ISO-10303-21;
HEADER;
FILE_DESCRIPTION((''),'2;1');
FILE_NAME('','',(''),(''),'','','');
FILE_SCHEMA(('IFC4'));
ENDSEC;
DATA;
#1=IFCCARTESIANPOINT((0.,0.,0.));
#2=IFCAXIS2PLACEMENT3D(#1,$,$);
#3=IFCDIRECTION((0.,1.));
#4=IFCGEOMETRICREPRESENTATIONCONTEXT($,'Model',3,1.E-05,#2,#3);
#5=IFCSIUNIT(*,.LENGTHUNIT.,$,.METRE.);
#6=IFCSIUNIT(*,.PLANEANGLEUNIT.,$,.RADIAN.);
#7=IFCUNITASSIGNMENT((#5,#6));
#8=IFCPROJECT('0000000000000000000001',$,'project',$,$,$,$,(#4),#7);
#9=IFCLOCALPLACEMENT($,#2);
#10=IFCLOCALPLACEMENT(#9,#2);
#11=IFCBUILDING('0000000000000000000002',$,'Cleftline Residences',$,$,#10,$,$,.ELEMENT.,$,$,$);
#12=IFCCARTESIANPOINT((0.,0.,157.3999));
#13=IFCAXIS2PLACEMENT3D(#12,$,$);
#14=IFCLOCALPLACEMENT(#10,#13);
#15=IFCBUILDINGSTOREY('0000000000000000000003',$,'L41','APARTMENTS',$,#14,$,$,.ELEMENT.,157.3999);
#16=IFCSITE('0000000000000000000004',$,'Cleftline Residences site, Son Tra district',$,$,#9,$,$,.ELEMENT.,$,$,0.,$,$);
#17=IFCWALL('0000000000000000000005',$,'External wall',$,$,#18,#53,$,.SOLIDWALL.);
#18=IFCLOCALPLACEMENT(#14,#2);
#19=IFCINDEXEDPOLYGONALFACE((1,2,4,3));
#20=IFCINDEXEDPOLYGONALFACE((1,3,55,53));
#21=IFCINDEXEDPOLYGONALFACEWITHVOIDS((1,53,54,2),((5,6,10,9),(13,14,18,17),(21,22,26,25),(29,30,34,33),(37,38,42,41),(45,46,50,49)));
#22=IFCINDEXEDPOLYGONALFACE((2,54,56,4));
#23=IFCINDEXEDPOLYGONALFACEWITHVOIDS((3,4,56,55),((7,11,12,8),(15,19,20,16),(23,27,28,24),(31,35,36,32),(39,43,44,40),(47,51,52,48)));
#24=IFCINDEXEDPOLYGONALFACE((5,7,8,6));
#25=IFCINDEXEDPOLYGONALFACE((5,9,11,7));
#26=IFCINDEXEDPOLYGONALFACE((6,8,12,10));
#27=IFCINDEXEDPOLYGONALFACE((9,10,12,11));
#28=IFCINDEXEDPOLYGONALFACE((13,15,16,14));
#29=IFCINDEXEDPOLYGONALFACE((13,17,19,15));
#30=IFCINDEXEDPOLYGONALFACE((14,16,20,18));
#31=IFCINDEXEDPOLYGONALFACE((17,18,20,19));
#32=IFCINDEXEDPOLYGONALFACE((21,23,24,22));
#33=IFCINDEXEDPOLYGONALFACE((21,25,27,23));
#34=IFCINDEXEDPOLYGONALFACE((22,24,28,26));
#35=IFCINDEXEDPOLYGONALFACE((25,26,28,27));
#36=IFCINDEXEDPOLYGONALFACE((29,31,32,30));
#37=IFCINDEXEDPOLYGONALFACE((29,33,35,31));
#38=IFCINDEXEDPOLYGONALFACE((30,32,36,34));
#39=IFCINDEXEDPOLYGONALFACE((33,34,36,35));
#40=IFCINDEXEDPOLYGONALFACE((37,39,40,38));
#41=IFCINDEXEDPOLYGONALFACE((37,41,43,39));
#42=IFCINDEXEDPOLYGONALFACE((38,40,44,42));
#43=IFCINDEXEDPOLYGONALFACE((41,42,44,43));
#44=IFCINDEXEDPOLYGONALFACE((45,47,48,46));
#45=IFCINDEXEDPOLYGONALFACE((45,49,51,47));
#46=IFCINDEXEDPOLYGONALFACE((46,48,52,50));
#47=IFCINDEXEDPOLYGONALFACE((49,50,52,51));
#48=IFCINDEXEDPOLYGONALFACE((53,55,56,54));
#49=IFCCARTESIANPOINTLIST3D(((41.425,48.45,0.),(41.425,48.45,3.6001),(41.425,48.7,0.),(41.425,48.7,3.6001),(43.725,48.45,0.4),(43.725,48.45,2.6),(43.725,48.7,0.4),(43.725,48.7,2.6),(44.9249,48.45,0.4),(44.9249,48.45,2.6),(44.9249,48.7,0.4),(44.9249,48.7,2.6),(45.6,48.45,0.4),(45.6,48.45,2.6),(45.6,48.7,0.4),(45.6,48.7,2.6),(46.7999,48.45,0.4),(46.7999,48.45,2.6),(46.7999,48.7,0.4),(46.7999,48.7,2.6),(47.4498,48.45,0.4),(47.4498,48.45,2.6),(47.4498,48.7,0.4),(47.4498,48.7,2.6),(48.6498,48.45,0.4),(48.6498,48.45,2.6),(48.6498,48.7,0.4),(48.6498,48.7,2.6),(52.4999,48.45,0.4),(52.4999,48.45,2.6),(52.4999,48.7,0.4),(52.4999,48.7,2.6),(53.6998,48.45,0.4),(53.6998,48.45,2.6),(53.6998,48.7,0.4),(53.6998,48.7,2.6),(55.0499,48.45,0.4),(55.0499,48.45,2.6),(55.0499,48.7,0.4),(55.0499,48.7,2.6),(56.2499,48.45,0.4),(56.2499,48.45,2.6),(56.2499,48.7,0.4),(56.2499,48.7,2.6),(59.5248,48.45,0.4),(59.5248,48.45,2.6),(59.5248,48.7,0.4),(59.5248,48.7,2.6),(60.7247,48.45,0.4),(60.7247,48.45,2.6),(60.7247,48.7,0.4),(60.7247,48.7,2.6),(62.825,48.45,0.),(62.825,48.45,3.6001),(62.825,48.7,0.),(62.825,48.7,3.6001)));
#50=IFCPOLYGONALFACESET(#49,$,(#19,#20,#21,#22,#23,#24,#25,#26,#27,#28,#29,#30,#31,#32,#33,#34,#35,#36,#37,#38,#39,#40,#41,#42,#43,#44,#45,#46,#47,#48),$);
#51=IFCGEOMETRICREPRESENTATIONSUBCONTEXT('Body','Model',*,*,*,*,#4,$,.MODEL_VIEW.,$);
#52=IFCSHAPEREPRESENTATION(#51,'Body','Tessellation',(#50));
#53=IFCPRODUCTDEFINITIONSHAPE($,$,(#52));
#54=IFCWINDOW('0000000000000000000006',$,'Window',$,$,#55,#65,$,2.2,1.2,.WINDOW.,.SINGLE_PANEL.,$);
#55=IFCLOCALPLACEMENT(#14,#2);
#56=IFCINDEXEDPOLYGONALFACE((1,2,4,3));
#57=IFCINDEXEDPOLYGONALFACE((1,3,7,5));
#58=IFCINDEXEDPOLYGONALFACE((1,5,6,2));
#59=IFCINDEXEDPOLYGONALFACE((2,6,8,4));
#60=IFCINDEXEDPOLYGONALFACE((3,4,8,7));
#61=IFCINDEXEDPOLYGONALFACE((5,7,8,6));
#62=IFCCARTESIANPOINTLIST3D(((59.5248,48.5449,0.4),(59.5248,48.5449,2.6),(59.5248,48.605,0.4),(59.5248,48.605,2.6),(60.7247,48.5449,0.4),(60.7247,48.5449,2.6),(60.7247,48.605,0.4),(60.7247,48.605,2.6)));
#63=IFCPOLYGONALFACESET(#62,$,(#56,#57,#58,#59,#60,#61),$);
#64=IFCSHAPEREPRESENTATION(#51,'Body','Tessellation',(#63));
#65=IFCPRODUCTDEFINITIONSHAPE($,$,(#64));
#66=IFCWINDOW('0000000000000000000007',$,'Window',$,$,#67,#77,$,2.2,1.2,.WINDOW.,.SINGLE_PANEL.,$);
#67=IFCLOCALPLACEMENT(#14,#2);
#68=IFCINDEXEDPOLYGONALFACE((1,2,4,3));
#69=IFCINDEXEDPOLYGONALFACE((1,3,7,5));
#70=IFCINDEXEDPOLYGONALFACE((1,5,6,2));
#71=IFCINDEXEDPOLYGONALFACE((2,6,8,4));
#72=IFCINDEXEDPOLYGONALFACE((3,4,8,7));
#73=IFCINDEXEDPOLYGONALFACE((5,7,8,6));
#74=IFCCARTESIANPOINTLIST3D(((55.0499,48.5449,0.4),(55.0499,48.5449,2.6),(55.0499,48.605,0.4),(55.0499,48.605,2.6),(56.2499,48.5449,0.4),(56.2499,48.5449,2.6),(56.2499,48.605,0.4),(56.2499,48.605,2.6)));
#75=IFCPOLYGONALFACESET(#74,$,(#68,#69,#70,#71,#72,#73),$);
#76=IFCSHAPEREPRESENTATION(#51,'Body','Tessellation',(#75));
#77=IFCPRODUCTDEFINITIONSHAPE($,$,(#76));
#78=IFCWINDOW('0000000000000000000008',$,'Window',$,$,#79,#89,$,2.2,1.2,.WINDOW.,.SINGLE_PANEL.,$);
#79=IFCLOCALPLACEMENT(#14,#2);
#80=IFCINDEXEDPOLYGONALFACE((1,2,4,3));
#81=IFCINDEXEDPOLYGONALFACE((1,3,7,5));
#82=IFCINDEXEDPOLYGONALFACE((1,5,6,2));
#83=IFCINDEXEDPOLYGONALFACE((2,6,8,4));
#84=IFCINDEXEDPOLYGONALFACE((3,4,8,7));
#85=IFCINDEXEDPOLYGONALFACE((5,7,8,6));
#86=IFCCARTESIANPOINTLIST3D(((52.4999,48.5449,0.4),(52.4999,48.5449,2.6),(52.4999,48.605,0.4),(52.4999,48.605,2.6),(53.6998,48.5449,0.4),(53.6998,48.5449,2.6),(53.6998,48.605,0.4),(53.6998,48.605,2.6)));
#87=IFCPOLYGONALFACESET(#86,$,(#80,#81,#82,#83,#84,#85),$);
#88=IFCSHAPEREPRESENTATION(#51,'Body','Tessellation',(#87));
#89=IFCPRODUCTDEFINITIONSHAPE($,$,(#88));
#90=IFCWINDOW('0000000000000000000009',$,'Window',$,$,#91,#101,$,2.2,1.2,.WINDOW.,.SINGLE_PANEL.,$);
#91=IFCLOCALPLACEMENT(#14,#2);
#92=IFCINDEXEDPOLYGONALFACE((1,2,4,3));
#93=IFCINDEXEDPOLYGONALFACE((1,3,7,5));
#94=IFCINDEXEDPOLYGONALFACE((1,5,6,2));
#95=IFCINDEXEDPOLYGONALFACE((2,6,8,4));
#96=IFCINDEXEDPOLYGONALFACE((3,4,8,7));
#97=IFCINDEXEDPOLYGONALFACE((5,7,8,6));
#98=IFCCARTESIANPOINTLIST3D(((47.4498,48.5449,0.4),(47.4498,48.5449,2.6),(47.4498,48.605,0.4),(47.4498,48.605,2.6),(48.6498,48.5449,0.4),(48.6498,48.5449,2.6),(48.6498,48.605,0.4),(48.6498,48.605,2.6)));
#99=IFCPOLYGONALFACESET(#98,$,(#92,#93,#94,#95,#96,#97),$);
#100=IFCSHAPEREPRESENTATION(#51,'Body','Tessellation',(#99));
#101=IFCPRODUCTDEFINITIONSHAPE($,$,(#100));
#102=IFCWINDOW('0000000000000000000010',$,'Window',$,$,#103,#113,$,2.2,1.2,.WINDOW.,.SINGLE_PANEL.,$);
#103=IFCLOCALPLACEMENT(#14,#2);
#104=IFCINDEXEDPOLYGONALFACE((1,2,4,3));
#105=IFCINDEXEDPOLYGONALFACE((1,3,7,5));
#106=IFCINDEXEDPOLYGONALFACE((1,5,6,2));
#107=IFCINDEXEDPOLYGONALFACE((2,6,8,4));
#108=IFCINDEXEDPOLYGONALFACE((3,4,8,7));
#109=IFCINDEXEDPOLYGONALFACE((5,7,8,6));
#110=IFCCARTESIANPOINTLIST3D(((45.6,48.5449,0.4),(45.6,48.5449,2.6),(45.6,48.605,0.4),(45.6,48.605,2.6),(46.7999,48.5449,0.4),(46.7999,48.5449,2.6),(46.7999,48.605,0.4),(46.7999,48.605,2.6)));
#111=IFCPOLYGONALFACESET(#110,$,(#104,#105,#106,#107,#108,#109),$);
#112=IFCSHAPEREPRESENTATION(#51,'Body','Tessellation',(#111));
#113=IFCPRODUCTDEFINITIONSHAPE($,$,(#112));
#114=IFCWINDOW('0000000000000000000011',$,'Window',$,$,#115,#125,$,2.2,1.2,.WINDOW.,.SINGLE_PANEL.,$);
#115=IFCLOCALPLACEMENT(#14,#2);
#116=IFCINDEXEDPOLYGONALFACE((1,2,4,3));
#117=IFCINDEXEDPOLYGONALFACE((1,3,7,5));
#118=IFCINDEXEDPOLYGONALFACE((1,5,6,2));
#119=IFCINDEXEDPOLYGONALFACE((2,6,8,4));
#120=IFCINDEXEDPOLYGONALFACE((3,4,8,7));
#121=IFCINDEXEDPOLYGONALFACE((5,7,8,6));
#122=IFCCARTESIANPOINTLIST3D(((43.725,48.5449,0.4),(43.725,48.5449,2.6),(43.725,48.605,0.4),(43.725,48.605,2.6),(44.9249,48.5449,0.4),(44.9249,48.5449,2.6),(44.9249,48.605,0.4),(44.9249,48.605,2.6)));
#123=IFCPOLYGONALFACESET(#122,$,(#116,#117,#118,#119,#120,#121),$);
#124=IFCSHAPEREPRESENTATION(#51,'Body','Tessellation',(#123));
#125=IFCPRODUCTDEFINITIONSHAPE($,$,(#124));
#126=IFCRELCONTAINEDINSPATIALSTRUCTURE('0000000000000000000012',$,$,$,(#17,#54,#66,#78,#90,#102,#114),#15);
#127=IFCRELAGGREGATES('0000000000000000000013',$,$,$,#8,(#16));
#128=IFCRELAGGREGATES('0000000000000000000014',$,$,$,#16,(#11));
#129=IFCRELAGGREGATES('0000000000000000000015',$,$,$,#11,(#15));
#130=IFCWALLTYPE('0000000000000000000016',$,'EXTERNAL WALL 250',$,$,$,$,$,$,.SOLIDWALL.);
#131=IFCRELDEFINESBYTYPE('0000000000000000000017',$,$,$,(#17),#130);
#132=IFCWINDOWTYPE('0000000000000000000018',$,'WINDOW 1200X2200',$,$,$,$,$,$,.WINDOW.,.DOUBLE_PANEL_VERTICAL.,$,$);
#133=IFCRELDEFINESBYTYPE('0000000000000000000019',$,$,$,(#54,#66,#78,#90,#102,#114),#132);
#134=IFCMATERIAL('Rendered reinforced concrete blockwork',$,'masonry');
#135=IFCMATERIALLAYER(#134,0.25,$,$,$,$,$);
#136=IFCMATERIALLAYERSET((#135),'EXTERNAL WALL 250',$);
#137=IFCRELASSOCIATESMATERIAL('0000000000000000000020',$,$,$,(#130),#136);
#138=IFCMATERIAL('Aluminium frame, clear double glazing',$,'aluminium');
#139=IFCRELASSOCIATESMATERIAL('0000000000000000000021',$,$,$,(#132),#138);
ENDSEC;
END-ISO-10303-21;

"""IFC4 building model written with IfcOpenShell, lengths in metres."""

from ifc_helpers import new_model, si_unit, direction, frame, frame_2d, origin, place, context, subcontext, project, spatial, rectangle, extrude, material, layer, layer_set, type_object, element, fill, save


model = new_model("IFC4")

# Units and contexts
model_context = context("Model", 3, precision=1e-05, world=origin(), true_north=direction((0.0, 1.0)))
body_context = subcontext(model_context, "Body", "Model", "MODEL_VIEW")
ifc_project = project(units=[si_unit("LENGTHUNIT", "METRE"), si_unit("PLANEANGLEUNIT", "RADIAN")], contexts=[model_context])

# Site, building, storey
site_placement = place(None, origin())
site = spatial("IfcSite", under=ifc_project, at=site_placement, Name="Cleftline Residences site, Son Tra district", CompositionType="ELEMENT", RefElevation=0.0)
building_placement = place(site_placement, origin())
building = spatial("IfcBuilding", under=site, at=building_placement, Name="Cleftline Residences", CompositionType="ELEMENT")
storey_placement = place(building_placement, frame((0.0, 0.0, 157.3999)))
storey = spatial("IfcBuildingStorey", under=building, at=storey_placement, Name="L41", Description="APARTMENTS", CompositionType="ELEMENT", Elevation=157.3999)

# Shared definitions
ifc_material_1 = material(Name="Rendered reinforced concrete blockwork", Category="masonry")
ifc_layer_1 = layer(ifc_material_1, 0.25)
ifc_layer_set_1 = layer_set([ifc_layer_1], Name="EXTERNAL WALL 250")
wall_type_1 = type_object("IfcWallType", Name="EXTERNAL WALL 250", PredefinedType="SOLIDWALL", material=ifc_layer_set_1)

# Wall, openings, windows
wall_1_placement = place(storey_placement, frame((62.825, 48.575, 0.0), z_axis=(0.0, 0.0, 1.0), x_axis=(-1.0, 0.0, 0.0)))
wall_1 = element("IfcWall", 1, at=wall_1_placement, inside=storey, type_object=wall_type_1, Name="External wall", PredefinedType="SOLIDWALL", context=body_context, shape_type="SweptSolid", body=[
    extrude(rectangle(XDim=21.3999, YDim=0.25, at=frame_2d((10.7, 0.0))), origin(), (0.0, 0.0, 1.0), 3.6001),
])
opening_1_placement = place(wall_1_placement, frame((2.1001, 0.0, 0.3999)))
opening_1 = element("IfcOpeningElement", 2, at=opening_1_placement, cuts=wall_1, PredefinedType="OPENING", context=body_context, shape_type="SweptSolid", body=[
    extrude(rectangle(XDim=1.2, YDim=2.2, at=frame_2d((0.6001, 1.1001))), frame((0.0, 0.135, 0.0), z_axis=(0.0, -1.0, 0.0), x_axis=(1.0, 0.0, 0.0)), (0.0, 0.0, 1.0), 0.27),
])
opening_2_placement = place(wall_1_placement, frame((6.575, 0.0, 0.3999)))
opening_2 = element("IfcOpeningElement", 3, at=opening_2_placement, cuts=wall_1, PredefinedType="OPENING", context=body_context, shape_type="SweptSolid", body=[
    extrude(rectangle(XDim=1.2, YDim=2.2, at=frame_2d((0.6001, 1.1001))), frame((0.0, 0.135, 0.0), z_axis=(0.0, -1.0, 0.0), x_axis=(1.0, 0.0, 0.0)), (0.0, 0.0, 1.0), 0.27),
])
opening_3_placement = place(wall_1_placement, frame((9.125, 0.0, 0.3999)))
opening_3 = element("IfcOpeningElement", 4, at=opening_3_placement, cuts=wall_1, PredefinedType="OPENING", context=body_context, shape_type="SweptSolid", body=[
    extrude(rectangle(XDim=1.2, YDim=2.2, at=frame_2d((0.6001, 1.1001))), frame((0.0, 0.135, 0.0), z_axis=(0.0, -1.0, 0.0), x_axis=(1.0, 0.0, 0.0)), (0.0, 0.0, 1.0), 0.27),
])
opening_4_placement = place(wall_1_placement, frame((14.175, 0.0, 0.3999)))
opening_4 = element("IfcOpeningElement", 5, at=opening_4_placement, cuts=wall_1, PredefinedType="OPENING", context=body_context, shape_type="SweptSolid", body=[
    extrude(rectangle(XDim=1.2, YDim=2.2, at=frame_2d((0.6001, 1.1001))), frame((0.0, 0.135, 0.0), z_axis=(0.0, -1.0, 0.0), x_axis=(1.0, 0.0, 0.0)), (0.0, 0.0, 1.0), 0.27),
])
opening_5_placement = place(wall_1_placement, frame((16.0249, 0.0, 0.3999)))
opening_5 = element("IfcOpeningElement", 6, at=opening_5_placement, cuts=wall_1, PredefinedType="OPENING", context=body_context, shape_type="SweptSolid", body=[
    extrude(rectangle(XDim=1.2, YDim=2.2, at=frame_2d((0.6001, 1.1001))), frame((0.0, 0.135, 0.0), z_axis=(0.0, -1.0, 0.0), x_axis=(1.0, 0.0, 0.0)), (0.0, 0.0, 1.0), 0.27),
])
opening_6_placement = place(wall_1_placement, frame((17.8999, 0.0, 0.3999)))
opening_6 = element("IfcOpeningElement", 7, at=opening_6_placement, cuts=wall_1, PredefinedType="OPENING", context=body_context, shape_type="SweptSolid", body=[
    extrude(rectangle(XDim=1.2, YDim=2.2, at=frame_2d((0.6001, 1.1001))), frame((0.0, 0.135, 0.0), z_axis=(0.0, -1.0, 0.0), x_axis=(1.0, 0.0, 0.0)), (0.0, 0.0, 1.0), 0.27),
])
ifc_material_2 = material(Name="Aluminium frame, clear double glazing", Category="aluminium")
window_type_1 = type_object("IfcWindowType", Name="WINDOW 1200X2200", PartitioningType="DOUBLE_PANEL_VERTICAL", PredefinedType="WINDOW", material=ifc_material_2)
window_1_placement = place(opening_1_placement, origin())
window_1 = element("IfcWindow", 8, at=window_1_placement, inside=storey, type_object=window_type_1, Name="Window", OverallHeight=2.2, OverallWidth=1.2, PartitioningType="SINGLE_PANEL", PredefinedType="WINDOW", context=body_context, shape_type="SweptSolid", body=[
    extrude(rectangle(XDim=1.2, YDim=2.2, at=frame_2d((0.6001, 1.1001))), frame((0.0, 0.03, 0.0), z_axis=(0.0, -1.0, 0.0), x_axis=(1.0, 0.0, 0.0)), (0.0, 0.0, 1.0), 0.0601),
])
fill(opening_1, window_1)
window_2_placement = place(opening_2_placement, origin())
window_2 = element("IfcWindow", 9, at=window_2_placement, inside=storey, type_object=window_type_1, Name="Window", OverallHeight=2.2, OverallWidth=1.2, PartitioningType="SINGLE_PANEL", PredefinedType="WINDOW", context=body_context, shape_type="SweptSolid", body=[
    extrude(rectangle(XDim=1.2, YDim=2.2, at=frame_2d((0.6001, 1.1001))), frame((0.0, 0.03, 0.0), z_axis=(0.0, -1.0, 0.0), x_axis=(1.0, 0.0, 0.0)), (0.0, 0.0, 1.0), 0.0601),
])
fill(opening_2, window_2)
window_3_placement = place(opening_3_placement, origin())
window_3 = element("IfcWindow", 10, at=window_3_placement, inside=storey, type_object=window_type_1, Name="Window", OverallHeight=2.2, OverallWidth=1.2, PartitioningType="SINGLE_PANEL", PredefinedType="WINDOW", context=body_context, shape_type="SweptSolid", body=[
    extrude(rectangle(XDim=1.2, YDim=2.2, at=frame_2d((0.6001, 1.1001))), frame((0.0, 0.03, 0.0), z_axis=(0.0, -1.0, 0.0), x_axis=(1.0, 0.0, 0.0)), (0.0, 0.0, 1.0), 0.0601),
])
fill(opening_3, window_3)
window_4_placement = place(opening_4_placement, origin())
window_4 = element("IfcWindow", 11, at=window_4_placement, inside=storey, type_object=window_type_1, Name="Window", OverallHeight=2.2, OverallWidth=1.2, PartitioningType="SINGLE_PANEL", PredefinedType="WINDOW", context=body_context, shape_type="SweptSolid", body=[
    extrude(rectangle(XDim=1.2, YDim=2.2, at=frame_2d((0.6001, 1.1001))), frame((0.0, 0.03, 0.0), z_axis=(0.0, -1.0, 0.0), x_axis=(1.0, 0.0, 0.0)), (0.0, 0.0, 1.0), 0.0601),
])
fill(opening_4, window_4)
window_5_placement = place(opening_5_placement, origin())
window_5 = element("IfcWindow", 12, at=window_5_placement, inside=storey, type_object=window_type_1, Name="Window", OverallHeight=2.2, OverallWidth=1.2, PartitioningType="SINGLE_PANEL", PredefinedType="WINDOW", context=body_context, shape_type="SweptSolid", body=[
    extrude(rectangle(XDim=1.2, YDim=2.2, at=frame_2d((0.6001, 1.1001))), frame((0.0, 0.03, 0.0), z_axis=(0.0, -1.0, 0.0), x_axis=(1.0, 0.0, 0.0)), (0.0, 0.0, 1.0), 0.0601),
])
fill(opening_5, window_5)
window_6_placement = place(opening_6_placement, origin())
window_6 = element("IfcWindow", 13, at=window_6_placement, inside=storey, type_object=window_type_1, Name="Window", OverallHeight=2.2, OverallWidth=1.2, PartitioningType="SINGLE_PANEL", PredefinedType="WINDOW", context=body_context, shape_type="SweptSolid", body=[
    extrude(rectangle(XDim=1.2, YDim=2.2, at=frame_2d((0.6001, 1.1001))), frame((0.0, 0.03, 0.0), z_axis=(0.0, -1.0, 0.0), x_axis=(1.0, 0.0, 0.0)), (0.0, 0.0, 1.0), 0.0601),
])
fill(opening_6, window_6)

save(model, "model.ifc")
